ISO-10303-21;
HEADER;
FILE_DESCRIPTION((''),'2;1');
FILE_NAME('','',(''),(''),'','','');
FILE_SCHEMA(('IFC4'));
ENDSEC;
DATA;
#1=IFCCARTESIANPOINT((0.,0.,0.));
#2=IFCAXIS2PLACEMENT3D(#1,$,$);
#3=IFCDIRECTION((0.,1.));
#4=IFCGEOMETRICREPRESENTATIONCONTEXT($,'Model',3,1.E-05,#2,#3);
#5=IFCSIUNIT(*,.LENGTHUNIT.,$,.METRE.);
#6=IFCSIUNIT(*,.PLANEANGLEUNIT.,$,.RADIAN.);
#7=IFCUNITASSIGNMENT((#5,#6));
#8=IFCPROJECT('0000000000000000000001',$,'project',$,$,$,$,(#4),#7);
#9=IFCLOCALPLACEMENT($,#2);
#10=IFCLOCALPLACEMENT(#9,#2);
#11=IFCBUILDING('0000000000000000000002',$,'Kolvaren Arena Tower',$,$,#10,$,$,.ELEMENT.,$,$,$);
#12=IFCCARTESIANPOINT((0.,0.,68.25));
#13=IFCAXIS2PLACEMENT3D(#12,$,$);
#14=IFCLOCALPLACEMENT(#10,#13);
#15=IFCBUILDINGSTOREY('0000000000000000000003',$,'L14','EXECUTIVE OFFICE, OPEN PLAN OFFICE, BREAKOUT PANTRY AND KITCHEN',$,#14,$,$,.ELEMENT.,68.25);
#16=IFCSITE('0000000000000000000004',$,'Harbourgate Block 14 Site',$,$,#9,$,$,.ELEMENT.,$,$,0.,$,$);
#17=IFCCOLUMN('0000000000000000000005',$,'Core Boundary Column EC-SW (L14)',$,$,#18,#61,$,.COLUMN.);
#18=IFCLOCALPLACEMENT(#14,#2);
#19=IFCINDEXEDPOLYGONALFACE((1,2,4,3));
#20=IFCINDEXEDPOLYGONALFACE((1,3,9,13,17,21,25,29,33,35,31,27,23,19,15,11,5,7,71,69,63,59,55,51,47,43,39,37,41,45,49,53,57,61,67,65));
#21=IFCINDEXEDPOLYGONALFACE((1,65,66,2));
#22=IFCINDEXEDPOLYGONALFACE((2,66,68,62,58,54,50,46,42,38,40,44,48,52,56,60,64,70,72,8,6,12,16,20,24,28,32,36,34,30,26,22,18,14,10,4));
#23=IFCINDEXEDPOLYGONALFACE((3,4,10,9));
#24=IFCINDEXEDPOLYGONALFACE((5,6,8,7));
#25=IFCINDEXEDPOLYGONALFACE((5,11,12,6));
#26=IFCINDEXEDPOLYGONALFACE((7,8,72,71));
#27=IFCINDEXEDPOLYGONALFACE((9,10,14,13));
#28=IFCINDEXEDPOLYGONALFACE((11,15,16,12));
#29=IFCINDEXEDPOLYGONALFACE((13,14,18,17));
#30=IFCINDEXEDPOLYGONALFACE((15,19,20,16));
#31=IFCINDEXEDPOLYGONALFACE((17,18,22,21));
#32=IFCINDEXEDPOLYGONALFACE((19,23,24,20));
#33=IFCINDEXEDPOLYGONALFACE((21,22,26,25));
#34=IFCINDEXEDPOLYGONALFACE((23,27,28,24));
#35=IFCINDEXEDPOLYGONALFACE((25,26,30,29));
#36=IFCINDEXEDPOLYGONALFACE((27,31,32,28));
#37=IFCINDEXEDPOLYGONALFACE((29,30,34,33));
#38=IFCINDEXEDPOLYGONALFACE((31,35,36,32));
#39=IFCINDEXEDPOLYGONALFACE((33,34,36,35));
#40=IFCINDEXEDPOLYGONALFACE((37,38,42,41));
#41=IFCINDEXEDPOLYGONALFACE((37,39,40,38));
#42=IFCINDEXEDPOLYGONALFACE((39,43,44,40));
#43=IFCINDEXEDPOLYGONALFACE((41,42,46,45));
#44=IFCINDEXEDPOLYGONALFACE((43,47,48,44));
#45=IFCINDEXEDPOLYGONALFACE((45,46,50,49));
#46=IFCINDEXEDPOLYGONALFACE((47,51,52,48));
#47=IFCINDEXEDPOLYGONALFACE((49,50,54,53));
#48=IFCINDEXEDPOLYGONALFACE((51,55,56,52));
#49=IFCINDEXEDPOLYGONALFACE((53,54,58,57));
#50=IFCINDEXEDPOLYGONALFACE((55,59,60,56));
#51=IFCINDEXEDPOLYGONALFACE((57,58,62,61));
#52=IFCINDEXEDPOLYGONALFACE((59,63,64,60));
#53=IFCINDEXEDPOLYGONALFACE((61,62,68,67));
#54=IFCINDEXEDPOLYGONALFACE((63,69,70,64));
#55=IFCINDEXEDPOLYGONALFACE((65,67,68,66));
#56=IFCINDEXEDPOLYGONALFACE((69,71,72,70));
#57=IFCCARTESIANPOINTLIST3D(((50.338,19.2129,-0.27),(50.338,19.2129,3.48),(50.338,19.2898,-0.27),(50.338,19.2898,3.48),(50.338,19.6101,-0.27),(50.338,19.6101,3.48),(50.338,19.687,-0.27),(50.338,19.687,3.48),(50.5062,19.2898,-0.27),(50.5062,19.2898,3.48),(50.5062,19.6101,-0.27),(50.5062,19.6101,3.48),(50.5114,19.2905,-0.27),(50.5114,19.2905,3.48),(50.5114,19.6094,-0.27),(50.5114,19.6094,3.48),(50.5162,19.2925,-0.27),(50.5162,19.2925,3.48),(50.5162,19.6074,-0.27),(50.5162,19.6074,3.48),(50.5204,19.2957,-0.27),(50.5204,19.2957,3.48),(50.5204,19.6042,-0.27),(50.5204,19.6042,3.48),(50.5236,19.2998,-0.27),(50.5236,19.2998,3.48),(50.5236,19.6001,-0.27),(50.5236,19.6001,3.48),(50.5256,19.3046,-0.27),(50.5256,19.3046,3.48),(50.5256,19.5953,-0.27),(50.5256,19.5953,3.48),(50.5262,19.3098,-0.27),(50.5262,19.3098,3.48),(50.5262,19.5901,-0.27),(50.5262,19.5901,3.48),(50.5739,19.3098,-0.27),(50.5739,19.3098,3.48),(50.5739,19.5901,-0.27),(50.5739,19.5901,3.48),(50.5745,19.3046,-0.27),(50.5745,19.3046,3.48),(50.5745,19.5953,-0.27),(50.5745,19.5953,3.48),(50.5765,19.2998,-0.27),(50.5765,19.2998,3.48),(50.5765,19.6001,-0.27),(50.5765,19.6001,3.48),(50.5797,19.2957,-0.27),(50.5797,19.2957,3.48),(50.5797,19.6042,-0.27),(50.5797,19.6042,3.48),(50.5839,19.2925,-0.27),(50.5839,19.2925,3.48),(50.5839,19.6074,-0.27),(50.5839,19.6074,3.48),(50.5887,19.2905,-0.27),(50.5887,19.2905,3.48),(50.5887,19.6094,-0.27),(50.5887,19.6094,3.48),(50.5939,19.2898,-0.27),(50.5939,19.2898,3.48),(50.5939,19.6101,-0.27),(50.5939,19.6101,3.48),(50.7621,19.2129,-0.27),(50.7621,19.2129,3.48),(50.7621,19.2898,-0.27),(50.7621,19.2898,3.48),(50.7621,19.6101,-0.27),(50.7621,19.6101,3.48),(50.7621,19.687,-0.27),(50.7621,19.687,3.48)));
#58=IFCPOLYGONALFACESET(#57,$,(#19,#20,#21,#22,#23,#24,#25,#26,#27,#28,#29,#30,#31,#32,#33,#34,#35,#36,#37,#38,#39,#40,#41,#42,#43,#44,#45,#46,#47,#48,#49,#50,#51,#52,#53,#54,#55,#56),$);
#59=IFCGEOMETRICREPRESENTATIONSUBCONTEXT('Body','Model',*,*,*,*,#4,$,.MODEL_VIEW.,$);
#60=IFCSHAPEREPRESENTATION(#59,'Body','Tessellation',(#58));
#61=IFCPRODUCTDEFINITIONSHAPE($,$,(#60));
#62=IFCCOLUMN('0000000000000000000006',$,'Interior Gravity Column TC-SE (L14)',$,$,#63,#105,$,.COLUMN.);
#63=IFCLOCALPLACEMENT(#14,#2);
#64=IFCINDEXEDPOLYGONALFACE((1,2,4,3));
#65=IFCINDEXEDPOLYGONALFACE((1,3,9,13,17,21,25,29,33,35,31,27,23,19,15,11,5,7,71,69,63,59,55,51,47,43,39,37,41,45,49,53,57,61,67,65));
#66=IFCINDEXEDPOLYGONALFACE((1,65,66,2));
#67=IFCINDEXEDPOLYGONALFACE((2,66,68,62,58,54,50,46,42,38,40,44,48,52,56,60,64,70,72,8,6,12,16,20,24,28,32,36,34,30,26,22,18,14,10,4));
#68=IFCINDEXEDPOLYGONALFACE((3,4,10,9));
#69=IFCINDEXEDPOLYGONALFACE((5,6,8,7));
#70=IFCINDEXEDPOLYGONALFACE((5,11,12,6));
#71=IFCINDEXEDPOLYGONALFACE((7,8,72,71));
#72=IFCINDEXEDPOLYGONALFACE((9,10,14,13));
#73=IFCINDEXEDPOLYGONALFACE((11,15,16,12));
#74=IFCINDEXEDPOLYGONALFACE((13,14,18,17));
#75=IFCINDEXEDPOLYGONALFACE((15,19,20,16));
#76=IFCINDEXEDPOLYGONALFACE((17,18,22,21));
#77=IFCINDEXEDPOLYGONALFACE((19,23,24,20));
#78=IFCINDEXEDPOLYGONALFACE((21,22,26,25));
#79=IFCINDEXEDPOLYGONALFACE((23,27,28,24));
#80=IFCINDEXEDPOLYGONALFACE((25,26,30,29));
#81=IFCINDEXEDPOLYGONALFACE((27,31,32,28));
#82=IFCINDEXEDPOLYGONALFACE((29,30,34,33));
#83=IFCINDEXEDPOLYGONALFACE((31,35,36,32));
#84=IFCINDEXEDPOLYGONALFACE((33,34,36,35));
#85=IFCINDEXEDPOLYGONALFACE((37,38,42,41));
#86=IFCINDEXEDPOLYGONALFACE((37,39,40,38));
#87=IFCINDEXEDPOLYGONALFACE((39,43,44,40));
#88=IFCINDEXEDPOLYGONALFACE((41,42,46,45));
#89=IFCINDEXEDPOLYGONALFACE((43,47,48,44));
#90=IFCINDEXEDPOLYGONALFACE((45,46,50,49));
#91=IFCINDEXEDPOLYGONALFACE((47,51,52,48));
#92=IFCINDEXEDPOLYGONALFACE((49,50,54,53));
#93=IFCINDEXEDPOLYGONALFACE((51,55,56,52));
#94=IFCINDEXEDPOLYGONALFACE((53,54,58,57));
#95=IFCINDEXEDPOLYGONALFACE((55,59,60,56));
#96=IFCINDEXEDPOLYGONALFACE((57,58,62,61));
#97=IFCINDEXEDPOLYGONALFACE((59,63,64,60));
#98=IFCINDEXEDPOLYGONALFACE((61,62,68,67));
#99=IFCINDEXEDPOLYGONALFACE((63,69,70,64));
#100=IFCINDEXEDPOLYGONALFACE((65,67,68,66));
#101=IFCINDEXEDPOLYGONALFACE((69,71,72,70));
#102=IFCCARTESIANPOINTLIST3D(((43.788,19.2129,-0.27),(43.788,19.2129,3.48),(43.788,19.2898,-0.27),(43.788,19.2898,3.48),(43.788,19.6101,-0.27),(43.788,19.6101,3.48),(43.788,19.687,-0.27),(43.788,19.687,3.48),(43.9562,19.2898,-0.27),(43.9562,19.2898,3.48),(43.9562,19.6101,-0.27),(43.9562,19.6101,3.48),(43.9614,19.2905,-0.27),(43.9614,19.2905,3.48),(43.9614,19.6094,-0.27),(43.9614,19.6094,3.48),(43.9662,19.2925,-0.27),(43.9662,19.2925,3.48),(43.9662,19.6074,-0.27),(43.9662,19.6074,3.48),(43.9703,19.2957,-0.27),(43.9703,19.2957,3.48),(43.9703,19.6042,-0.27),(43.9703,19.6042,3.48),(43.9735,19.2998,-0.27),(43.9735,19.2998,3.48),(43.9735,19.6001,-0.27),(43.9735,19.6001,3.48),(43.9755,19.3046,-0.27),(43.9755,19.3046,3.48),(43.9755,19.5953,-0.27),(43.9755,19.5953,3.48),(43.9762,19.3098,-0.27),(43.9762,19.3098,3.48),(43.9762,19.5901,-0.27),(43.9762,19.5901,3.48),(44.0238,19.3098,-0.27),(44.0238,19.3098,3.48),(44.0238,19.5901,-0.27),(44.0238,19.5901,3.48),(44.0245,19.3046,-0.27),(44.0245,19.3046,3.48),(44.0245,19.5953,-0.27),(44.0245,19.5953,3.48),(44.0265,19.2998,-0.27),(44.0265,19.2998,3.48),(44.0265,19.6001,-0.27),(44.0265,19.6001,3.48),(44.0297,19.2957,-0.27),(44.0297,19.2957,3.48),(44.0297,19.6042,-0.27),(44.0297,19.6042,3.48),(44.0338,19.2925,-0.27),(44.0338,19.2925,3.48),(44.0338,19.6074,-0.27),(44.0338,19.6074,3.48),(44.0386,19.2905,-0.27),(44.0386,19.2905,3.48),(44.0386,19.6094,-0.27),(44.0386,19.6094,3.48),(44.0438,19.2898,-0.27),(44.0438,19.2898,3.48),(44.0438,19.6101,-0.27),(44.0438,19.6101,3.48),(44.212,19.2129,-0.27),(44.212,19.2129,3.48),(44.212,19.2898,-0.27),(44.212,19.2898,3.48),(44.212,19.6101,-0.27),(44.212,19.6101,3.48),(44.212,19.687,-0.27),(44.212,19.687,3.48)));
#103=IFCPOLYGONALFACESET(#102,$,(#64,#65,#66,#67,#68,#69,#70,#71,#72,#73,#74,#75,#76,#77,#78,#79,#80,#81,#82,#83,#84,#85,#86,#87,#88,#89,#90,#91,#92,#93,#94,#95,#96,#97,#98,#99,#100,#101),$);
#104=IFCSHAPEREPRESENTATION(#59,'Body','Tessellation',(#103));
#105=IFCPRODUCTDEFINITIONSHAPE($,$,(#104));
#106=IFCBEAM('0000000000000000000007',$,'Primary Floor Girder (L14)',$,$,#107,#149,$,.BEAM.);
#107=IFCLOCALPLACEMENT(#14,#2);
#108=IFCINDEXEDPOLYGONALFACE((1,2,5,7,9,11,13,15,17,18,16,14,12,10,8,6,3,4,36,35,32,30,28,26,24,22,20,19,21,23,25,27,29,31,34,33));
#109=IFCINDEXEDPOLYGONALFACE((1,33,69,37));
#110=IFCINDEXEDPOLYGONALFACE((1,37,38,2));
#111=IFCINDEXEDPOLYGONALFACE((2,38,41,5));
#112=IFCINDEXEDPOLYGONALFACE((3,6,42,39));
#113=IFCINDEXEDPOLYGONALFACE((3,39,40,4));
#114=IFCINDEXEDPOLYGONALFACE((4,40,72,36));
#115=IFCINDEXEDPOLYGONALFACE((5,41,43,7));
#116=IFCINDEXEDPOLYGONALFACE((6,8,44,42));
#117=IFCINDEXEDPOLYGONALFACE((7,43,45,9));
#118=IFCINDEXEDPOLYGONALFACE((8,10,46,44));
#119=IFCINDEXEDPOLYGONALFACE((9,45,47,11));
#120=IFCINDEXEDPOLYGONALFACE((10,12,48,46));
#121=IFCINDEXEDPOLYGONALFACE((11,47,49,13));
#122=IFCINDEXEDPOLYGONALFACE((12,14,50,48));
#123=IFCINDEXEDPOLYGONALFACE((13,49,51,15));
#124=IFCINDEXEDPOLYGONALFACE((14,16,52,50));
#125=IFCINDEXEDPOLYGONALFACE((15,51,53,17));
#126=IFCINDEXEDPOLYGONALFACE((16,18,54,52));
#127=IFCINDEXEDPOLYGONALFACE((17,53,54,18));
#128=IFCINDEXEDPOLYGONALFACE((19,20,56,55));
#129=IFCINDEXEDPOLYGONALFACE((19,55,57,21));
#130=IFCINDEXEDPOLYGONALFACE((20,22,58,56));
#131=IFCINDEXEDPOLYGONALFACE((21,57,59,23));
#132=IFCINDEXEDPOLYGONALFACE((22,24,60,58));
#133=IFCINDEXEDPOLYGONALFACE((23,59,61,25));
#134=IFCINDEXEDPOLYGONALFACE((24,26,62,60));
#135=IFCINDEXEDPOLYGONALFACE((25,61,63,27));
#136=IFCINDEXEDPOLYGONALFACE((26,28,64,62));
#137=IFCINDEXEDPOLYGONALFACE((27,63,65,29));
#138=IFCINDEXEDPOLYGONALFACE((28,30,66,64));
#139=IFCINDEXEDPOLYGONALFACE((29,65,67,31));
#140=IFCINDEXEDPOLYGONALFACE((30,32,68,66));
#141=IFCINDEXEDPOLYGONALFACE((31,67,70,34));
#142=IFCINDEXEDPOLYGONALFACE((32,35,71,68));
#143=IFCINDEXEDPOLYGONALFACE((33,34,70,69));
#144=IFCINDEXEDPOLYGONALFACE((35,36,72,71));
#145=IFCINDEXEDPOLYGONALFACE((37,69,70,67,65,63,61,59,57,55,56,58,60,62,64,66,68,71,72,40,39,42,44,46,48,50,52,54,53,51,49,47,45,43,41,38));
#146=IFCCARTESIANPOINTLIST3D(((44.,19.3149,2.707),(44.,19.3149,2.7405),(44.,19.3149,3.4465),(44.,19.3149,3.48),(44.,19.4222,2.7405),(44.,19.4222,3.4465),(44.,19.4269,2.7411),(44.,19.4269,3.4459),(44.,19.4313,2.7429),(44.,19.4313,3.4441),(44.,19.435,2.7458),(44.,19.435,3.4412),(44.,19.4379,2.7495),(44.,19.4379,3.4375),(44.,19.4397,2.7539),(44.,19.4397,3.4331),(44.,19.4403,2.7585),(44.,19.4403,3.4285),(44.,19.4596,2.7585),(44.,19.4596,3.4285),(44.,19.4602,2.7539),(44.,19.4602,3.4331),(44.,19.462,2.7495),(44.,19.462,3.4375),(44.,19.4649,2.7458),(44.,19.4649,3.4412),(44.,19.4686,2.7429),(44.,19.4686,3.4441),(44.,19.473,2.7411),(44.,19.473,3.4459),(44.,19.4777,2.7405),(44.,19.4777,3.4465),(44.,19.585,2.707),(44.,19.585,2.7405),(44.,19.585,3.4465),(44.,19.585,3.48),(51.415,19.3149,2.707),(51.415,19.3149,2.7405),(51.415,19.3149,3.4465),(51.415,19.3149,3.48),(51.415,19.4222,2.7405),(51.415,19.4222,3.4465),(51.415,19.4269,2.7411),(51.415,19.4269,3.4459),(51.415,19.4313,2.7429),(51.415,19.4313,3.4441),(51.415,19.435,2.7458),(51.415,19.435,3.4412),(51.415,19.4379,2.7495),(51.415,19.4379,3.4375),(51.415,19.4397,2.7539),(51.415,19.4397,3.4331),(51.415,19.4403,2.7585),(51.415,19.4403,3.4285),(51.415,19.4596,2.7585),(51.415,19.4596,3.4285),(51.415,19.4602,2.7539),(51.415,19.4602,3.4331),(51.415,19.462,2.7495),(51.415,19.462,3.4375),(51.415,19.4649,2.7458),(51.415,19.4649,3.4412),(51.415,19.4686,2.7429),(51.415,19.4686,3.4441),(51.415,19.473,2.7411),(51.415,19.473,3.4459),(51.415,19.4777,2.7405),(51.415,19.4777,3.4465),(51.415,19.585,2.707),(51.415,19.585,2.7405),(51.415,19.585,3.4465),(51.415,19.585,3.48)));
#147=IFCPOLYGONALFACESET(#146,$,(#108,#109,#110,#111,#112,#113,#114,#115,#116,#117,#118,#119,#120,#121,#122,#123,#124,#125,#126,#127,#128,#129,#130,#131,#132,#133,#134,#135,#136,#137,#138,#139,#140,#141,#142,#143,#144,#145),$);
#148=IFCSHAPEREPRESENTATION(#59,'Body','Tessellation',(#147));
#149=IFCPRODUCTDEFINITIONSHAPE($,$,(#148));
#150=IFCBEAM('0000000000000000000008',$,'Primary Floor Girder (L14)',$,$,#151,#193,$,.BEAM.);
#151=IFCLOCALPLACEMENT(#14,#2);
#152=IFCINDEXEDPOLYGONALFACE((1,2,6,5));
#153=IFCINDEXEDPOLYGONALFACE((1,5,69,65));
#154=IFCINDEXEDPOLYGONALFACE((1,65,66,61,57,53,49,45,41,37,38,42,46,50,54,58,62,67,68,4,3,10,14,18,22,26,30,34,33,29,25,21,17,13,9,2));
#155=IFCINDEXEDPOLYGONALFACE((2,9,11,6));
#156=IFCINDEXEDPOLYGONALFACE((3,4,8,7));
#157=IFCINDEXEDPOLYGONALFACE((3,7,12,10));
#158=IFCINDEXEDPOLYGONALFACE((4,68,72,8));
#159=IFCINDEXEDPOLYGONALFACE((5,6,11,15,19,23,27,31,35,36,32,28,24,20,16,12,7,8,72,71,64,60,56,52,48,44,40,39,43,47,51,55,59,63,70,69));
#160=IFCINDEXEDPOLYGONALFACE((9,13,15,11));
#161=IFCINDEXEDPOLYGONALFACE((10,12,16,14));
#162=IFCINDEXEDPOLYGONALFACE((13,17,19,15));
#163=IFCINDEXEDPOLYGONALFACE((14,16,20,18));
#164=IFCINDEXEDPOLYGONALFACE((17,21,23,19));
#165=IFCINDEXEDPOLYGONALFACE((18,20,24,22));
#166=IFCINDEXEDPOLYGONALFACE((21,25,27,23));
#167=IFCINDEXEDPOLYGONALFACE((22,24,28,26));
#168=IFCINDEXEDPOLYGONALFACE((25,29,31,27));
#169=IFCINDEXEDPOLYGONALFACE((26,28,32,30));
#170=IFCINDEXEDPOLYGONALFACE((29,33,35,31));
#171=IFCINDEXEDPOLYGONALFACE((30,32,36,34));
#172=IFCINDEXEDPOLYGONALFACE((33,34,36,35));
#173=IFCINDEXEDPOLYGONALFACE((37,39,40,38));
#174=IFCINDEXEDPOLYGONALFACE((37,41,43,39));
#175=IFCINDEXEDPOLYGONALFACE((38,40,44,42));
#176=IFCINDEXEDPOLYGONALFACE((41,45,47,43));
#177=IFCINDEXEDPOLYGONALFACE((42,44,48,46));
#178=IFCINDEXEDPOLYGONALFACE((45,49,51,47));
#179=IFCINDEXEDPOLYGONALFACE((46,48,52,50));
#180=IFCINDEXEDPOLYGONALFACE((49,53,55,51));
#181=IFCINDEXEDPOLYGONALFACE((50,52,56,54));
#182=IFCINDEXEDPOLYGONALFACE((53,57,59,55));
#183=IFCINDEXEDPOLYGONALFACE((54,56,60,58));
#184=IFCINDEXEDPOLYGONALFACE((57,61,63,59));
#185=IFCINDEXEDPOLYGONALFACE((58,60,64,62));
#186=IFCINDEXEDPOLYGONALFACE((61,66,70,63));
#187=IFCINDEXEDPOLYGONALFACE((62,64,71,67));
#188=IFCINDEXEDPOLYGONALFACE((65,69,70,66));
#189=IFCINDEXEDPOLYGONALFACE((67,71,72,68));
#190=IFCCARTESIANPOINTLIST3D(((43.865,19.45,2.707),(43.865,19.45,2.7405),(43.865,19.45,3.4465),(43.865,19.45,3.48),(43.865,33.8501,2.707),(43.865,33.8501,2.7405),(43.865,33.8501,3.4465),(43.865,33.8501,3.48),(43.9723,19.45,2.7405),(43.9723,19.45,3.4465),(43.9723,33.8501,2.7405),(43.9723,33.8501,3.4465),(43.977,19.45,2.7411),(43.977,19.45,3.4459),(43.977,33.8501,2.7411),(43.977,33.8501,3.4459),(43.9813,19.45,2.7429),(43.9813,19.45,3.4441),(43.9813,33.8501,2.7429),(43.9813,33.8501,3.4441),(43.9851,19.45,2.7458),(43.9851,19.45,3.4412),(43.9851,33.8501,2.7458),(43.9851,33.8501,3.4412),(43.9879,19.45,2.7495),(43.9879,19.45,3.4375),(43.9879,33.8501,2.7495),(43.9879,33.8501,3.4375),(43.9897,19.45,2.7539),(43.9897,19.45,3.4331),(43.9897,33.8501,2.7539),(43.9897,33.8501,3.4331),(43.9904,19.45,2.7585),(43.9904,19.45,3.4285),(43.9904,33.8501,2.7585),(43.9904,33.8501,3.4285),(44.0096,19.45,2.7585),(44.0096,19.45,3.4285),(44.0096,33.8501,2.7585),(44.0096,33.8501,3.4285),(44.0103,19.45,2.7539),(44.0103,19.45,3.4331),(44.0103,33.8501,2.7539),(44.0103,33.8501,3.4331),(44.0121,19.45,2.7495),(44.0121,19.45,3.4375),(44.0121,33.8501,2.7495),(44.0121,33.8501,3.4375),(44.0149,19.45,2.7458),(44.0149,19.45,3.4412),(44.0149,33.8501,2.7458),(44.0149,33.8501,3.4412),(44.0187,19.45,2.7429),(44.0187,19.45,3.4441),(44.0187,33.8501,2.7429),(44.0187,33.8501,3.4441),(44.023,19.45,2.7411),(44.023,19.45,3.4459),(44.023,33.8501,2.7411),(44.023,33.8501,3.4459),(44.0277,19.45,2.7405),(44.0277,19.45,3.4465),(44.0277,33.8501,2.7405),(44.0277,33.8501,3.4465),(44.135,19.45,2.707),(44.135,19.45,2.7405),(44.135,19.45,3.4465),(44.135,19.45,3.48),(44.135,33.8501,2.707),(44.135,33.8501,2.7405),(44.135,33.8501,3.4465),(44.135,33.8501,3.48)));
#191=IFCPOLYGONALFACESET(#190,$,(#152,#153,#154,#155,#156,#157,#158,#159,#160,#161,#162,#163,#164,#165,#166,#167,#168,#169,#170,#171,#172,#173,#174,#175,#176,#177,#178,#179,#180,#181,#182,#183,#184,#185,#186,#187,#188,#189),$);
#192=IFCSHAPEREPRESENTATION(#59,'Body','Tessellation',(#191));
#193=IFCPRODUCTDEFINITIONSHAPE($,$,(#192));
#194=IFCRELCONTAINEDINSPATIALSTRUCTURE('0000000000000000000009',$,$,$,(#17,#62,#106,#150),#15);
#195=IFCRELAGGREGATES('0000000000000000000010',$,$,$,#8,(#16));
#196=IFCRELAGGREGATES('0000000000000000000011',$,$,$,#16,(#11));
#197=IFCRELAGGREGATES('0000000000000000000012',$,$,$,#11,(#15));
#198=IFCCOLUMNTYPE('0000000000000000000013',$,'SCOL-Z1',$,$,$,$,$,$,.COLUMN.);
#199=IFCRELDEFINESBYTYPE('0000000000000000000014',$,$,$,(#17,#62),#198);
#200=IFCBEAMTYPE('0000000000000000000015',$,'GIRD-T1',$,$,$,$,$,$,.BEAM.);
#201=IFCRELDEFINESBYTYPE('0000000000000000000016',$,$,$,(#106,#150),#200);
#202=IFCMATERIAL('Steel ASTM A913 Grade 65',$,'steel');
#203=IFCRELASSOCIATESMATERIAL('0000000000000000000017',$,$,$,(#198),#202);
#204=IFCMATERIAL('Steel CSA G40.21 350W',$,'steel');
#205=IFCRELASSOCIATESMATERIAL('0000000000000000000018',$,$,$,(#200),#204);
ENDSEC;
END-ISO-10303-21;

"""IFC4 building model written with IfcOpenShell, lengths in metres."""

from ifc_helpers import new_model, si_unit, direction, frame, origin, origin_2d, place, context, subcontext, project, spatial, i_section, extrude, material, material_profile, profile_set, type_object, element, save


model = new_model("IFC4")

# Units and contexts
model_context = context("Model", 3, precision=1e-05, world=origin(), true_north=direction((0.0, 1.0)))
body_context = subcontext(model_context, "Body", "Model", "MODEL_VIEW")
ifc_project = project(units=[si_unit("LENGTHUNIT", "METRE"), si_unit("PLANEANGLEUNIT", "RADIAN")], contexts=[model_context])

# Site, building, storey
site_placement = place(None, origin())
site = spatial("IfcSite", under=ifc_project, at=site_placement, Name="Harbourgate Block 14 Site", CompositionType="ELEMENT", RefElevation=0.0)
building_placement = place(site_placement, origin())
building = spatial("IfcBuilding", under=site, at=building_placement, Name="Kolvaren Arena Tower", CompositionType="ELEMENT")
storey_placement = place(building_placement, frame((0.0, 0.0, 68.25)))
storey = spatial("IfcBuildingStorey", under=building, at=storey_placement, Name="L14", Description="EXECUTIVE OFFICE, OPEN PLAN OFFICE, BREAKOUT PANTRY AND KITCHEN", CompositionType="ELEMENT", Elevation=68.25)

# Columns
ifc_material_1 = material(Name="Steel ASTM A913 Grade 65", Category="steel")
ifc_material_profile_1 = material_profile(ifc_material_1, i_section(OverallWidth=0.4241, OverallDepth=0.4741, WebThickness=0.0476, FlangeThickness=0.0769, FilletRadius=0.02, at=origin_2d()), Name="W360x634")
ifc_profile_set_1 = profile_set([ifc_material_profile_1], Name="Steel ASTM A913 Grade 65")
column_type = type_object("IfcColumnType", Name="SCOL-Z1", PredefinedType="COLUMN", material=ifc_profile_set_1)
for number, where, z_axis, x_axis, name in (
    (1, (50.55, 19.45, -0.27), (0.0, 0.0, 1.0), (1.0, 0.0, 0.0), "Core Boundary Column EC-SW (L14)"),
    (2, (44.0, 19.45, -0.27), (0.0, 0.0, 1.0), (1.0, 0.0, 0.0), "Interior Gravity Column TC-SE (L14)"),
):
    element("IfcColumn", number, at=place(storey_placement, frame(where, z_axis=z_axis, x_axis=x_axis)), inside=storey, type_object=column_type, Name=name, PredefinedType="COLUMN", context=body_context, shape_type="SweptSolid", body=[
        extrude(i_section(OverallWidth=0.4241, OverallDepth=0.4741, WebThickness=0.0476, FlangeThickness=0.0769, FilletRadius=0.02, at=origin_2d()), origin(), (0.0, 0.0, 1.0), 3.75),
    ])

# Beams
ifc_material_2 = material(Name="Steel CSA G40.21 350W", Category="steel")
ifc_material_profile_2 = material_profile(ifc_material_2, i_section(OverallWidth=0.27, OverallDepth=0.7729, WebThickness=0.0193, FlangeThickness=0.0334, FilletRadius=0.0181, at=origin_2d()), Name="W760x257")
ifc_profile_set_2 = profile_set([ifc_material_profile_2], Name="Steel CSA G40.21 350W")
beam_type_1 = type_object("IfcBeamType", Name="GIRD-T1", PredefinedType="BEAM", material=ifc_profile_set_2)
beam_1_placement = place(storey_placement, frame((44.0, 19.45, 3.0935), z_axis=(1.0, 0.0, 0.0), x_axis=(0.0, 1.0, 0.0)))
element("IfcBeam", 3, at=beam_1_placement, inside=storey, type_object=beam_type_1, Name="Primary Floor Girder (L14)", PredefinedType="BEAM", context=body_context, shape_type="SweptSolid", body=[
    extrude(i_section(OverallWidth=0.27, OverallDepth=0.7729, WebThickness=0.0193, FlangeThickness=0.0334, FilletRadius=0.0181, at=origin_2d()), origin(), (0.0, 0.0, 1.0), 7.415),
])
beam_2_placement = place(storey_placement, frame((44.0, 19.45, 3.0935), z_axis=(0.0, 1.0, 0.0), x_axis=(-1.0, 0.0, 0.0)))
element("IfcBeam", 4, at=beam_2_placement, inside=storey, type_object=beam_type_1, Name="Primary Floor Girder (L14)", PredefinedType="BEAM", context=body_context, shape_type="SweptSolid", body=[
    extrude(i_section(OverallWidth=0.27, OverallDepth=0.7729, WebThickness=0.0193, FlangeThickness=0.0334, FilletRadius=0.0181, at=origin_2d()), origin(), (0.0, 0.0, 1.0), 14.4001),
])

save(model, "model.ifc")
